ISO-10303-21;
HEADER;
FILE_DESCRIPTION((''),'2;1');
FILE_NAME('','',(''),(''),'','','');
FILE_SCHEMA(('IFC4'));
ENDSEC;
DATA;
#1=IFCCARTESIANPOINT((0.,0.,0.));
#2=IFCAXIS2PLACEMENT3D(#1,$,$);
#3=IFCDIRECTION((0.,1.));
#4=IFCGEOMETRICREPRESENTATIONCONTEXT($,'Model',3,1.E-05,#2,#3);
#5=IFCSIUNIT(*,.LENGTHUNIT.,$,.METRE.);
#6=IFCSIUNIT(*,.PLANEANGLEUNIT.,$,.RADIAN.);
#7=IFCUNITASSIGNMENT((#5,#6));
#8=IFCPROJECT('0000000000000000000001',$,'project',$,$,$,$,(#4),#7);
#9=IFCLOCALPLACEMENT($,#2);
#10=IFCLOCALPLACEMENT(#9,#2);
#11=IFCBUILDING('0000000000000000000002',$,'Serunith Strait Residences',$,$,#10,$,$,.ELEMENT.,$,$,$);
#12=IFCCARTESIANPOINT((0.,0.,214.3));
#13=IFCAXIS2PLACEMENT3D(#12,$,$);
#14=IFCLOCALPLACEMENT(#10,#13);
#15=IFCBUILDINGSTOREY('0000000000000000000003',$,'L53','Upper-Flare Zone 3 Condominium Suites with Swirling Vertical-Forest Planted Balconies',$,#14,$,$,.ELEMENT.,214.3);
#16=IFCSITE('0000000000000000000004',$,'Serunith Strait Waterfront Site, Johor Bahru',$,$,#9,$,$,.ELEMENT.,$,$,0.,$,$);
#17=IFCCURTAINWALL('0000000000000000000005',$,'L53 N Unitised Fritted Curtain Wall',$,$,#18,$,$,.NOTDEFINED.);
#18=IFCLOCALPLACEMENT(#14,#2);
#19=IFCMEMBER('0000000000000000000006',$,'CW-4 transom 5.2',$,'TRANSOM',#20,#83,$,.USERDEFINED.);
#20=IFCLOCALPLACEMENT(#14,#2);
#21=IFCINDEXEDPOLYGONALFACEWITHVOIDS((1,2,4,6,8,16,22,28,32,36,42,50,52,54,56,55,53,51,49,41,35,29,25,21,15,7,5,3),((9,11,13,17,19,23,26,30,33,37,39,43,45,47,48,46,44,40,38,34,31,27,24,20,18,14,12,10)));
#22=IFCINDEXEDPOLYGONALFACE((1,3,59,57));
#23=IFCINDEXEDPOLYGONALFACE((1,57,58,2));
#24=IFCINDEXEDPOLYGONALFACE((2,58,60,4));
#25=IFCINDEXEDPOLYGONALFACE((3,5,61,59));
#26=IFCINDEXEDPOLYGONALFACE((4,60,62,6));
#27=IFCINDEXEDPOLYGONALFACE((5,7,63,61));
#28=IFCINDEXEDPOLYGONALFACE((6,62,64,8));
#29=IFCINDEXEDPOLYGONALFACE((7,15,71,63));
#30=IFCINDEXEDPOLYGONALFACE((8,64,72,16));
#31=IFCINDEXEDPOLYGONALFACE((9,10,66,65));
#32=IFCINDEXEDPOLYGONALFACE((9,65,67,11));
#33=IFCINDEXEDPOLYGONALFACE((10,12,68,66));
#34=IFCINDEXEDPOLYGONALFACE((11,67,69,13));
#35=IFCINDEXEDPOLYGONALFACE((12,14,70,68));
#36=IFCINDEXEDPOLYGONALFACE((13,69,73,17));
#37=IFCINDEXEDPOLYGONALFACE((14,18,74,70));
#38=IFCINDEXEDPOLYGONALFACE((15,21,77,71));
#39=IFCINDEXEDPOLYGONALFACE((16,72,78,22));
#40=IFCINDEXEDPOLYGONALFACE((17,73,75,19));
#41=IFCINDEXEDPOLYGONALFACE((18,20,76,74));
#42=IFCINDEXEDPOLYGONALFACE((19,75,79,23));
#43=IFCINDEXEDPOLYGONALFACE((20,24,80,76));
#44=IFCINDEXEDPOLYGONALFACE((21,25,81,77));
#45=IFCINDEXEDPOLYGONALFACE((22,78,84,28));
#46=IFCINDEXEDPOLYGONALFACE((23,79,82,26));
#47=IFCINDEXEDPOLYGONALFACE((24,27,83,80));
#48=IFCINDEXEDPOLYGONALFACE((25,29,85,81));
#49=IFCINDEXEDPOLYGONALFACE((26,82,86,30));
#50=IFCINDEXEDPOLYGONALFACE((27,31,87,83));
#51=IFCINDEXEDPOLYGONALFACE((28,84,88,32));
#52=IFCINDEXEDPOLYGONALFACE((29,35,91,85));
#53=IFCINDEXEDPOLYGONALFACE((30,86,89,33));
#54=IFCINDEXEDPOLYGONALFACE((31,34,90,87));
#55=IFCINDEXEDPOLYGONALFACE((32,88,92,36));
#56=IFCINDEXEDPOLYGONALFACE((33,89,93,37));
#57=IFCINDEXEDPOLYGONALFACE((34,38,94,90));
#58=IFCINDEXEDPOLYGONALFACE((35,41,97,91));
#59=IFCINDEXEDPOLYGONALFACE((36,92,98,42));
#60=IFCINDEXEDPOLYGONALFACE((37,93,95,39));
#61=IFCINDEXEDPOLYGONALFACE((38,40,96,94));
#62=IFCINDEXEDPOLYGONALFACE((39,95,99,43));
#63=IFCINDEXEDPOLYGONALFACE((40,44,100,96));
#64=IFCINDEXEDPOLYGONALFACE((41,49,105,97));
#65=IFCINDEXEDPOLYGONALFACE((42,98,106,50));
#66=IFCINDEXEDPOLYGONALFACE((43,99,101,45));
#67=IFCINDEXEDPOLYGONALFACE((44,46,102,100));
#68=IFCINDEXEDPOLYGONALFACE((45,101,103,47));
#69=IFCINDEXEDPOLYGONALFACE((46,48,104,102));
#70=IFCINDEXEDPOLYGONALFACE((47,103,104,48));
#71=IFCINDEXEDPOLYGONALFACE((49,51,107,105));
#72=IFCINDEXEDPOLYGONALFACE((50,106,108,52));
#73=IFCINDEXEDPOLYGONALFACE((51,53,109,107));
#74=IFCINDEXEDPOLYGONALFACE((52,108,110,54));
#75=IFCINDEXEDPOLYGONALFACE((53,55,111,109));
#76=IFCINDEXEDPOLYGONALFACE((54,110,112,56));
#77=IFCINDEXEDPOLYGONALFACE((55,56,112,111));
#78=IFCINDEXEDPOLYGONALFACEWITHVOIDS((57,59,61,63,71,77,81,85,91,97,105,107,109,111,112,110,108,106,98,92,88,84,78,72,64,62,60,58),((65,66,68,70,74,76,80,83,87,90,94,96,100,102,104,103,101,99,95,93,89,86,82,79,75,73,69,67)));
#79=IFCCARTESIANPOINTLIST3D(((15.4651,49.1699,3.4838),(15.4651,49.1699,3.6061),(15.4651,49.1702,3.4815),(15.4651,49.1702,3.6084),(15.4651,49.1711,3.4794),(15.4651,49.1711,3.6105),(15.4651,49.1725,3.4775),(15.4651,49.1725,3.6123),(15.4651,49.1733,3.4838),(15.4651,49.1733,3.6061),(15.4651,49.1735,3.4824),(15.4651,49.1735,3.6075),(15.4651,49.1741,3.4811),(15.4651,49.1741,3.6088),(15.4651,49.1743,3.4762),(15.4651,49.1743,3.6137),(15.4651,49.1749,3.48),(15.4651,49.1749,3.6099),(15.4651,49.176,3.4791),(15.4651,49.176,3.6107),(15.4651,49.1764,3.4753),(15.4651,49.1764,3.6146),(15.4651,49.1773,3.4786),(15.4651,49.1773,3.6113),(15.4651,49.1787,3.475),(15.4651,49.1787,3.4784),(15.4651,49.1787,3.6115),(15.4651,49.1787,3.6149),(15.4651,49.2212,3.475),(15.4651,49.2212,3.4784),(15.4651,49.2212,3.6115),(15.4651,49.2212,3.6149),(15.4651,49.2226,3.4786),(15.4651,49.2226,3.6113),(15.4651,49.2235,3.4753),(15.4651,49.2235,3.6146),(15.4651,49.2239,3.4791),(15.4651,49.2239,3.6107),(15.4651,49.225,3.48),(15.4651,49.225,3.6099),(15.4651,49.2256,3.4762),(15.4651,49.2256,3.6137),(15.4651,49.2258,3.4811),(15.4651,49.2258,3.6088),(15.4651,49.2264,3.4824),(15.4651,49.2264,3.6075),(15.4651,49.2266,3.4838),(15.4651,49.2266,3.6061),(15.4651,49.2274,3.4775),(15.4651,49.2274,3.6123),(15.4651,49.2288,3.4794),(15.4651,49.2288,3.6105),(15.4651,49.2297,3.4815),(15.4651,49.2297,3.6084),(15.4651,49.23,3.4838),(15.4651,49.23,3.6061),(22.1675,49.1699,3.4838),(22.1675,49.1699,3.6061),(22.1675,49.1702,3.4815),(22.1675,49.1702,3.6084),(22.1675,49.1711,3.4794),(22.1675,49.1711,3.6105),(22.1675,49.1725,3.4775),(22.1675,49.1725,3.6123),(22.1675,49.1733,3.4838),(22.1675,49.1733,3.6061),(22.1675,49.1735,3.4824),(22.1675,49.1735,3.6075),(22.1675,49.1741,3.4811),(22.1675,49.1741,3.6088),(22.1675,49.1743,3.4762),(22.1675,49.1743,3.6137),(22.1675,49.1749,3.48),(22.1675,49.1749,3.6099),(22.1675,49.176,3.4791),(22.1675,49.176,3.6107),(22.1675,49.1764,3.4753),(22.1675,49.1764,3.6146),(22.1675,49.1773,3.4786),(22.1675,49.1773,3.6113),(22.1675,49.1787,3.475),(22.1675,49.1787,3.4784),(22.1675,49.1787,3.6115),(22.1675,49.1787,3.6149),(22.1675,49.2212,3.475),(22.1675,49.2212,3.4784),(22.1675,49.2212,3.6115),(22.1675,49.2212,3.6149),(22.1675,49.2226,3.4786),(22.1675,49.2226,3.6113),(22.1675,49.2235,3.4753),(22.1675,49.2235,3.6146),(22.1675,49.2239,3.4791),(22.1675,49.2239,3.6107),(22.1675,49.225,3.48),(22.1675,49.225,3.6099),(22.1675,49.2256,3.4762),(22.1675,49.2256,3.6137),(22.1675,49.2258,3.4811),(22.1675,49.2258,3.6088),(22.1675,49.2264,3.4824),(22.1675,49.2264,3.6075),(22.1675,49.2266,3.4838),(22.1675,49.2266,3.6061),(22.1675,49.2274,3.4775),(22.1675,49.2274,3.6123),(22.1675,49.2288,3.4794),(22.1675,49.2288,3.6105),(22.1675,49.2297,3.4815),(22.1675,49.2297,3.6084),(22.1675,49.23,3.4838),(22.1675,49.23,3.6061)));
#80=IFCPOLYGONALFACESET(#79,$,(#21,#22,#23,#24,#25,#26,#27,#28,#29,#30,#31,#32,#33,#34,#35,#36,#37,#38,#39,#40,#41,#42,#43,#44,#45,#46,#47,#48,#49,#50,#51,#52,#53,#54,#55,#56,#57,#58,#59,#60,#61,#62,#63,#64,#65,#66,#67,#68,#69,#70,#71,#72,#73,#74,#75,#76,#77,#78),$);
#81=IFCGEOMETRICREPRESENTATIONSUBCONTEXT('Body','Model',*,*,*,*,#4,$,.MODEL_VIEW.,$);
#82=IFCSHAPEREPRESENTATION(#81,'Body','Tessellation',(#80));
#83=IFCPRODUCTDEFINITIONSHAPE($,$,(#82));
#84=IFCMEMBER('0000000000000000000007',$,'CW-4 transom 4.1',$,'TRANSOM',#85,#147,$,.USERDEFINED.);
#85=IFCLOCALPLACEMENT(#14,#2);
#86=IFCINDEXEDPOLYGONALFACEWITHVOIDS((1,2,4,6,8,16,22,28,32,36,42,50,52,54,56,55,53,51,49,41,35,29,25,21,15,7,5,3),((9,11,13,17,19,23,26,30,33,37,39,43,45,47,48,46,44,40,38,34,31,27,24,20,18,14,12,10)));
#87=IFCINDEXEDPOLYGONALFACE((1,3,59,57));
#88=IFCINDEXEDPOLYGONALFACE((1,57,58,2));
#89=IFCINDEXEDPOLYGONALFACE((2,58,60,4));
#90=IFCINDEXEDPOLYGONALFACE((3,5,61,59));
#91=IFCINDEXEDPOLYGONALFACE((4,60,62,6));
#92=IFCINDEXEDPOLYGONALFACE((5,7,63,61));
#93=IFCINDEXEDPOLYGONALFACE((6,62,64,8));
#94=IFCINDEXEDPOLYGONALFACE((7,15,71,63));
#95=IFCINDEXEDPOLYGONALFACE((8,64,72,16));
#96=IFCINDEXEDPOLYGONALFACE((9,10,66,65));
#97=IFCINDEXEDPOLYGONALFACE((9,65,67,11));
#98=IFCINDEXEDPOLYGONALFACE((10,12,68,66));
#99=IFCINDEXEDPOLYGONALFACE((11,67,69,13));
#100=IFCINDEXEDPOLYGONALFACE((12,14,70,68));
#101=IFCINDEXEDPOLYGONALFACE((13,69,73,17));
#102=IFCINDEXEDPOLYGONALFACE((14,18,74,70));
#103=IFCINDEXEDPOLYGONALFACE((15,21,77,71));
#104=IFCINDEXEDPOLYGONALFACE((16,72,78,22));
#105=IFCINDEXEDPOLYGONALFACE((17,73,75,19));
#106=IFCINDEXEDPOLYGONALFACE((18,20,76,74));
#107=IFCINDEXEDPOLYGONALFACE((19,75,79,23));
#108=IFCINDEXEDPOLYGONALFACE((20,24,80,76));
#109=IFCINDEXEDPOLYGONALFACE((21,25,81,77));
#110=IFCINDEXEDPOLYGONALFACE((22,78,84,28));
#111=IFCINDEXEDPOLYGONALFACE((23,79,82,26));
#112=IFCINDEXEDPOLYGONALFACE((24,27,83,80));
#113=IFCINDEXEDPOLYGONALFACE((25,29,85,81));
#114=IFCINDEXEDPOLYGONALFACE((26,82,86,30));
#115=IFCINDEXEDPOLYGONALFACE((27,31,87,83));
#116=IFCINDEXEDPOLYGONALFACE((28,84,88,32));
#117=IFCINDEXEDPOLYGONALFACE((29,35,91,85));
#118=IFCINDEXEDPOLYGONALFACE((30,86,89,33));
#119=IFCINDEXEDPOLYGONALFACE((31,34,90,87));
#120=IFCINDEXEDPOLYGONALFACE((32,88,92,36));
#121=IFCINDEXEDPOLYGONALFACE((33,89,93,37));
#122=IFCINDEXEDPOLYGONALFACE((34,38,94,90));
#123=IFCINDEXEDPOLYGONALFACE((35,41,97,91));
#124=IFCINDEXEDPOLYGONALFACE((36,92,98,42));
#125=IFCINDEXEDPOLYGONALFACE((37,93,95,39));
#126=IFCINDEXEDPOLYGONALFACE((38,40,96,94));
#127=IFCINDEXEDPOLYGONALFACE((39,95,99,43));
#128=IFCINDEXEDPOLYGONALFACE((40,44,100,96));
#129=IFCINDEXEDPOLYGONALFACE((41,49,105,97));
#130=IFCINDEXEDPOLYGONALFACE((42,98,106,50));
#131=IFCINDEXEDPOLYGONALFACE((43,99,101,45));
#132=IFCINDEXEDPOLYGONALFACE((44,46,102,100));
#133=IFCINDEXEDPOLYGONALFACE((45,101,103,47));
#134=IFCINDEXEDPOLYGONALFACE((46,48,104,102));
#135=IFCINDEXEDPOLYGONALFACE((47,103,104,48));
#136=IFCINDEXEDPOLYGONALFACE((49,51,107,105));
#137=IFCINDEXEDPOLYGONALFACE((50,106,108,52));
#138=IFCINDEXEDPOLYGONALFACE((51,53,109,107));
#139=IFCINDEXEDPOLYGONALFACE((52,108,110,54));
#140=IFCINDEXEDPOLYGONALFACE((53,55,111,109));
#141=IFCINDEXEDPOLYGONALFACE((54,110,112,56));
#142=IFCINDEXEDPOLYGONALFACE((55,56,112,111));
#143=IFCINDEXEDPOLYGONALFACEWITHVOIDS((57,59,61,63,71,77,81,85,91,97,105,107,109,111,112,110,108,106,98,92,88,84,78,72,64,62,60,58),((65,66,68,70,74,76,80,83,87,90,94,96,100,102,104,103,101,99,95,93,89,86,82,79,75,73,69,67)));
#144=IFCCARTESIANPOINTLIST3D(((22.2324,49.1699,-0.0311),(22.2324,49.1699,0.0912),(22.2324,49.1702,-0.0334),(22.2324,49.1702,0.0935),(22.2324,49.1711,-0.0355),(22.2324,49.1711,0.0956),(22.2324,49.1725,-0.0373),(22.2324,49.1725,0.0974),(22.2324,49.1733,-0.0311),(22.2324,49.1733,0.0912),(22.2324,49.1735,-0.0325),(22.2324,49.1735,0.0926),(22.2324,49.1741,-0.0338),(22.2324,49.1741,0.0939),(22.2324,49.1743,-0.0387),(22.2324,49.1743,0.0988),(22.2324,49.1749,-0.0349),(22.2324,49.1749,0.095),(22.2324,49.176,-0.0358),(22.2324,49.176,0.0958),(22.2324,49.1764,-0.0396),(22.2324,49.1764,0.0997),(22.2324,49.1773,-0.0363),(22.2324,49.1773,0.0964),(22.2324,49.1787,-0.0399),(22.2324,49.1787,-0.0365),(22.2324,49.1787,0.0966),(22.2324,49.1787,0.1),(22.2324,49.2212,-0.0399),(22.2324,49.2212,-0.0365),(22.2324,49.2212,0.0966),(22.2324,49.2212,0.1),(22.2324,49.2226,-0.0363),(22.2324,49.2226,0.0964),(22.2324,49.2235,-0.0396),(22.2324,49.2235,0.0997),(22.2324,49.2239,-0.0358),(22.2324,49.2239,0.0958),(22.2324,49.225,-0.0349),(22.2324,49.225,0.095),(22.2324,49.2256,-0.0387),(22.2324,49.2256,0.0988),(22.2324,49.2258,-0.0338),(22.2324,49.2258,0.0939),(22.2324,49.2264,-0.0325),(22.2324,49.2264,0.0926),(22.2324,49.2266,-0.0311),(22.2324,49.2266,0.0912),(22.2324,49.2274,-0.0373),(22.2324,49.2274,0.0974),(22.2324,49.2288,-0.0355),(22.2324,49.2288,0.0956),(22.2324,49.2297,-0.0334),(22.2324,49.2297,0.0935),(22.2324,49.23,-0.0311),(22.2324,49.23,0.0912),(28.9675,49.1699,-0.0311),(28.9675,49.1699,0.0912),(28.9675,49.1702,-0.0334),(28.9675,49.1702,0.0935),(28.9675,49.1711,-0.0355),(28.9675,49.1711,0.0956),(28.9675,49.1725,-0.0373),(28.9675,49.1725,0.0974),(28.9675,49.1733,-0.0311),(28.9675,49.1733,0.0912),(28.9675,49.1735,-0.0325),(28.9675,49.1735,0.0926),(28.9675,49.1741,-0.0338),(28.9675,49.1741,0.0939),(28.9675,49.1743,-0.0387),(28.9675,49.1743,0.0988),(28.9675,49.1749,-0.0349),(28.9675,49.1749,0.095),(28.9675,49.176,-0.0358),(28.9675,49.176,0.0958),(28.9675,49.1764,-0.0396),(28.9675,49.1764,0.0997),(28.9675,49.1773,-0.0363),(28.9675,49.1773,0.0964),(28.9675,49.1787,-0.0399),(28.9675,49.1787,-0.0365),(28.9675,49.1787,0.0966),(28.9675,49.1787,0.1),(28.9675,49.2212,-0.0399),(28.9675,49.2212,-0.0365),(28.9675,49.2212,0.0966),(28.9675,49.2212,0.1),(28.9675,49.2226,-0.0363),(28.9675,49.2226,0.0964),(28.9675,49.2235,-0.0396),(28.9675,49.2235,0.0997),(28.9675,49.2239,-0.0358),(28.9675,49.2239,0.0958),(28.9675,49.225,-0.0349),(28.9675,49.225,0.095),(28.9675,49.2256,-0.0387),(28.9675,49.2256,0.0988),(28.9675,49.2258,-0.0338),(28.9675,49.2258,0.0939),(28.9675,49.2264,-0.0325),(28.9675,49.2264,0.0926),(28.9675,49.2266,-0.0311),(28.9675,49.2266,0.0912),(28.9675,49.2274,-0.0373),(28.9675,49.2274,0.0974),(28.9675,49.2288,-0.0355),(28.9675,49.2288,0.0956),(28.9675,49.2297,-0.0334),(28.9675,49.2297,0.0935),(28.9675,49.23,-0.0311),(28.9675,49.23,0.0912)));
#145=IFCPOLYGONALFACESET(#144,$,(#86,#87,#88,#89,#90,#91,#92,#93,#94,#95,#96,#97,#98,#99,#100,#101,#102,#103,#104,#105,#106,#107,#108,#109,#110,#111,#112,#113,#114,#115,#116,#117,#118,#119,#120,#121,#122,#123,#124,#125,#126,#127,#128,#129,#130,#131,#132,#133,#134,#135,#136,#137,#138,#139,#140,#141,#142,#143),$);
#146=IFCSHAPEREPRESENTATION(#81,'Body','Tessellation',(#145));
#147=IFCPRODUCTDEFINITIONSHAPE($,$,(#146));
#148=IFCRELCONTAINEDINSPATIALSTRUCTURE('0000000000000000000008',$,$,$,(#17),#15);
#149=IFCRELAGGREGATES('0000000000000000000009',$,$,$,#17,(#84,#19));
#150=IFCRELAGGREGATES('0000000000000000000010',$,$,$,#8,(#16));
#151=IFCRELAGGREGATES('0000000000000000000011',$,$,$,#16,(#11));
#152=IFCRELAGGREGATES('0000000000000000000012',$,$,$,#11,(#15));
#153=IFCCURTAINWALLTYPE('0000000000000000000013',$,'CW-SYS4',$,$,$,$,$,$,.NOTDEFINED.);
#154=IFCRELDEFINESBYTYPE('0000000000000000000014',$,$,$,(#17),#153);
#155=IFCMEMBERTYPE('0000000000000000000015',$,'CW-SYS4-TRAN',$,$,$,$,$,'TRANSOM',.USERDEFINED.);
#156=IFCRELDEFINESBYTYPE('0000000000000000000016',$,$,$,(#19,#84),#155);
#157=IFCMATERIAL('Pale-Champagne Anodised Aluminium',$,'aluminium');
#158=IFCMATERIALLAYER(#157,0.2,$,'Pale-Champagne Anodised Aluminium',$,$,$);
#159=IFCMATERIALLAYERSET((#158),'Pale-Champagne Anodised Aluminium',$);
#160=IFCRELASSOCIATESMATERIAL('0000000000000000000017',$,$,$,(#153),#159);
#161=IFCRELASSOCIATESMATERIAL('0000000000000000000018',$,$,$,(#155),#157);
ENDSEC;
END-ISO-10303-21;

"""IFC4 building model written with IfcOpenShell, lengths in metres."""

from ifc_helpers import new_model, si_unit, direction, frame, origin, origin_2d, place, context, subcontext, project, spatial, hollow_rectangle, extrude, source, transform, mapped, material, layer, layer_set, material_profile, profile_set, type_object, element, aggregate, save


model = new_model("IFC4")

# Units and contexts
model_context = context("Model", 3, precision=1e-05, world=origin(), true_north=direction((0.0, 1.0)))
body_context = subcontext(model_context, "Body", "Model", "MODEL_VIEW")
ifc_project = project(units=[si_unit("LENGTHUNIT", "METRE"), si_unit("PLANEANGLEUNIT", "RADIAN")], contexts=[model_context])

# Site, building, storey
site_placement = place(None, origin())
site = spatial("IfcSite", under=ifc_project, at=site_placement, Name="Serunith Strait Waterfront Site, Johor Bahru", CompositionType="ELEMENT", RefElevation=0.0)
building_placement = place(site_placement, origin())
building = spatial("IfcBuilding", under=site, at=building_placement, Name="Serunith Strait Residences", CompositionType="ELEMENT")
storey_placement = place(building_placement, frame((0.0, 0.0, 214.3)))
storey = spatial("IfcBuildingStorey", under=building, at=storey_placement, Name="L53", Description="Upper-Flare Zone 3 Condominium Suites with Swirling Vertical-Forest Planted Balconies", CompositionType="ELEMENT", Elevation=214.3)

# Curtain wall, members
ifc_material_1 = material(Name="Pale-Champagne Anodised Aluminium", Category="aluminium")
ifc_layer_1 = layer(ifc_material_1, 0.2, Name="Pale-Champagne Anodised Aluminium")
ifc_layer_set_1 = layer_set([ifc_layer_1], Name="Pale-Champagne Anodised Aluminium")
curtain_wall_type = type_object("IfcCurtainWallType", Name="CW-SYS4", PredefinedType="NOTDEFINED", material=ifc_layer_set_1)
curtain_wall_placement = place(storey_placement, origin())
curtain_wall = element("IfcCurtainWall", 1, at=curtain_wall_placement, inside=storey, type_object=curtain_wall_type, Name="L53 N Unitised Fritted Curtain Wall", PredefinedType="NOTDEFINED")
ifc_material_profile_1 = material_profile(ifc_material_1, hollow_rectangle(XDim=0.0601, YDim=0.1399, WallThickness=0.0034, InnerFilletRadius=0.0054, OuterFilletRadius=0.0088, at=origin_2d()), Name="ALU 140x60x3.5")
ifc_profile_set_1 = profile_set([ifc_material_profile_1], Name="Pale-Champagne Anodised Aluminium")
member_type_1 = type_object("IfcMemberType", Name="CW-SYS4-TRAN", ElementType="TRANSOM", PredefinedType="USERDEFINED", material=ifc_profile_set_1)
shared_shape_1 = source(origin(), body_context, "Body", "SweptSolid", [
    extrude(hollow_rectangle(XDim=0.0601, YDim=0.1399, WallThickness=0.0034, InnerFilletRadius=0.0054, OuterFilletRadius=0.0088, at=origin_2d()), origin(), (0.0, 0.0, 1.0), 6.7024),
])
member_1_placement = place(storey_placement, frame((22.1675, 49.2, 3.5449), z_axis=(-1.0, 0.0, 0.0), x_axis=(0.0, -1.0, 0.0)))
member_1 = element("IfcMember", 2, at=member_1_placement, type_object=member_type_1, Name="CW-4 transom 5.2", ObjectType="TRANSOM", PredefinedType="USERDEFINED", context=body_context, shape_type="MappedRepresentation", body=[
    mapped(shared_shape_1, transform((0.0, 0.0, 0.0), scale=1.0)),
])
shared_shape_2 = source(origin(), body_context, "Body", "SweptSolid", [
    extrude(hollow_rectangle(XDim=0.0601, YDim=0.1399, WallThickness=0.0034, InnerFilletRadius=0.0054, OuterFilletRadius=0.0088, at=origin_2d()), origin(), (0.0, 0.0, 1.0), 6.7351),
])
member_2_placement = place(storey_placement, frame((28.9675, 49.2, 0.03), z_axis=(-1.0, 0.0, 0.0), x_axis=(0.0, -1.0, 0.0)))
member_2 = element("IfcMember", 3, at=member_2_placement, type_object=member_type_1, Name="CW-4 transom 4.1", ObjectType="TRANSOM", PredefinedType="USERDEFINED", context=body_context, shape_type="MappedRepresentation", body=[
    mapped(shared_shape_2, transform((0.0, 0.0, 0.0), scale=1.0)),
])
aggregate(curtain_wall, [member_2, member_1])

save(model, "model.ifc")
